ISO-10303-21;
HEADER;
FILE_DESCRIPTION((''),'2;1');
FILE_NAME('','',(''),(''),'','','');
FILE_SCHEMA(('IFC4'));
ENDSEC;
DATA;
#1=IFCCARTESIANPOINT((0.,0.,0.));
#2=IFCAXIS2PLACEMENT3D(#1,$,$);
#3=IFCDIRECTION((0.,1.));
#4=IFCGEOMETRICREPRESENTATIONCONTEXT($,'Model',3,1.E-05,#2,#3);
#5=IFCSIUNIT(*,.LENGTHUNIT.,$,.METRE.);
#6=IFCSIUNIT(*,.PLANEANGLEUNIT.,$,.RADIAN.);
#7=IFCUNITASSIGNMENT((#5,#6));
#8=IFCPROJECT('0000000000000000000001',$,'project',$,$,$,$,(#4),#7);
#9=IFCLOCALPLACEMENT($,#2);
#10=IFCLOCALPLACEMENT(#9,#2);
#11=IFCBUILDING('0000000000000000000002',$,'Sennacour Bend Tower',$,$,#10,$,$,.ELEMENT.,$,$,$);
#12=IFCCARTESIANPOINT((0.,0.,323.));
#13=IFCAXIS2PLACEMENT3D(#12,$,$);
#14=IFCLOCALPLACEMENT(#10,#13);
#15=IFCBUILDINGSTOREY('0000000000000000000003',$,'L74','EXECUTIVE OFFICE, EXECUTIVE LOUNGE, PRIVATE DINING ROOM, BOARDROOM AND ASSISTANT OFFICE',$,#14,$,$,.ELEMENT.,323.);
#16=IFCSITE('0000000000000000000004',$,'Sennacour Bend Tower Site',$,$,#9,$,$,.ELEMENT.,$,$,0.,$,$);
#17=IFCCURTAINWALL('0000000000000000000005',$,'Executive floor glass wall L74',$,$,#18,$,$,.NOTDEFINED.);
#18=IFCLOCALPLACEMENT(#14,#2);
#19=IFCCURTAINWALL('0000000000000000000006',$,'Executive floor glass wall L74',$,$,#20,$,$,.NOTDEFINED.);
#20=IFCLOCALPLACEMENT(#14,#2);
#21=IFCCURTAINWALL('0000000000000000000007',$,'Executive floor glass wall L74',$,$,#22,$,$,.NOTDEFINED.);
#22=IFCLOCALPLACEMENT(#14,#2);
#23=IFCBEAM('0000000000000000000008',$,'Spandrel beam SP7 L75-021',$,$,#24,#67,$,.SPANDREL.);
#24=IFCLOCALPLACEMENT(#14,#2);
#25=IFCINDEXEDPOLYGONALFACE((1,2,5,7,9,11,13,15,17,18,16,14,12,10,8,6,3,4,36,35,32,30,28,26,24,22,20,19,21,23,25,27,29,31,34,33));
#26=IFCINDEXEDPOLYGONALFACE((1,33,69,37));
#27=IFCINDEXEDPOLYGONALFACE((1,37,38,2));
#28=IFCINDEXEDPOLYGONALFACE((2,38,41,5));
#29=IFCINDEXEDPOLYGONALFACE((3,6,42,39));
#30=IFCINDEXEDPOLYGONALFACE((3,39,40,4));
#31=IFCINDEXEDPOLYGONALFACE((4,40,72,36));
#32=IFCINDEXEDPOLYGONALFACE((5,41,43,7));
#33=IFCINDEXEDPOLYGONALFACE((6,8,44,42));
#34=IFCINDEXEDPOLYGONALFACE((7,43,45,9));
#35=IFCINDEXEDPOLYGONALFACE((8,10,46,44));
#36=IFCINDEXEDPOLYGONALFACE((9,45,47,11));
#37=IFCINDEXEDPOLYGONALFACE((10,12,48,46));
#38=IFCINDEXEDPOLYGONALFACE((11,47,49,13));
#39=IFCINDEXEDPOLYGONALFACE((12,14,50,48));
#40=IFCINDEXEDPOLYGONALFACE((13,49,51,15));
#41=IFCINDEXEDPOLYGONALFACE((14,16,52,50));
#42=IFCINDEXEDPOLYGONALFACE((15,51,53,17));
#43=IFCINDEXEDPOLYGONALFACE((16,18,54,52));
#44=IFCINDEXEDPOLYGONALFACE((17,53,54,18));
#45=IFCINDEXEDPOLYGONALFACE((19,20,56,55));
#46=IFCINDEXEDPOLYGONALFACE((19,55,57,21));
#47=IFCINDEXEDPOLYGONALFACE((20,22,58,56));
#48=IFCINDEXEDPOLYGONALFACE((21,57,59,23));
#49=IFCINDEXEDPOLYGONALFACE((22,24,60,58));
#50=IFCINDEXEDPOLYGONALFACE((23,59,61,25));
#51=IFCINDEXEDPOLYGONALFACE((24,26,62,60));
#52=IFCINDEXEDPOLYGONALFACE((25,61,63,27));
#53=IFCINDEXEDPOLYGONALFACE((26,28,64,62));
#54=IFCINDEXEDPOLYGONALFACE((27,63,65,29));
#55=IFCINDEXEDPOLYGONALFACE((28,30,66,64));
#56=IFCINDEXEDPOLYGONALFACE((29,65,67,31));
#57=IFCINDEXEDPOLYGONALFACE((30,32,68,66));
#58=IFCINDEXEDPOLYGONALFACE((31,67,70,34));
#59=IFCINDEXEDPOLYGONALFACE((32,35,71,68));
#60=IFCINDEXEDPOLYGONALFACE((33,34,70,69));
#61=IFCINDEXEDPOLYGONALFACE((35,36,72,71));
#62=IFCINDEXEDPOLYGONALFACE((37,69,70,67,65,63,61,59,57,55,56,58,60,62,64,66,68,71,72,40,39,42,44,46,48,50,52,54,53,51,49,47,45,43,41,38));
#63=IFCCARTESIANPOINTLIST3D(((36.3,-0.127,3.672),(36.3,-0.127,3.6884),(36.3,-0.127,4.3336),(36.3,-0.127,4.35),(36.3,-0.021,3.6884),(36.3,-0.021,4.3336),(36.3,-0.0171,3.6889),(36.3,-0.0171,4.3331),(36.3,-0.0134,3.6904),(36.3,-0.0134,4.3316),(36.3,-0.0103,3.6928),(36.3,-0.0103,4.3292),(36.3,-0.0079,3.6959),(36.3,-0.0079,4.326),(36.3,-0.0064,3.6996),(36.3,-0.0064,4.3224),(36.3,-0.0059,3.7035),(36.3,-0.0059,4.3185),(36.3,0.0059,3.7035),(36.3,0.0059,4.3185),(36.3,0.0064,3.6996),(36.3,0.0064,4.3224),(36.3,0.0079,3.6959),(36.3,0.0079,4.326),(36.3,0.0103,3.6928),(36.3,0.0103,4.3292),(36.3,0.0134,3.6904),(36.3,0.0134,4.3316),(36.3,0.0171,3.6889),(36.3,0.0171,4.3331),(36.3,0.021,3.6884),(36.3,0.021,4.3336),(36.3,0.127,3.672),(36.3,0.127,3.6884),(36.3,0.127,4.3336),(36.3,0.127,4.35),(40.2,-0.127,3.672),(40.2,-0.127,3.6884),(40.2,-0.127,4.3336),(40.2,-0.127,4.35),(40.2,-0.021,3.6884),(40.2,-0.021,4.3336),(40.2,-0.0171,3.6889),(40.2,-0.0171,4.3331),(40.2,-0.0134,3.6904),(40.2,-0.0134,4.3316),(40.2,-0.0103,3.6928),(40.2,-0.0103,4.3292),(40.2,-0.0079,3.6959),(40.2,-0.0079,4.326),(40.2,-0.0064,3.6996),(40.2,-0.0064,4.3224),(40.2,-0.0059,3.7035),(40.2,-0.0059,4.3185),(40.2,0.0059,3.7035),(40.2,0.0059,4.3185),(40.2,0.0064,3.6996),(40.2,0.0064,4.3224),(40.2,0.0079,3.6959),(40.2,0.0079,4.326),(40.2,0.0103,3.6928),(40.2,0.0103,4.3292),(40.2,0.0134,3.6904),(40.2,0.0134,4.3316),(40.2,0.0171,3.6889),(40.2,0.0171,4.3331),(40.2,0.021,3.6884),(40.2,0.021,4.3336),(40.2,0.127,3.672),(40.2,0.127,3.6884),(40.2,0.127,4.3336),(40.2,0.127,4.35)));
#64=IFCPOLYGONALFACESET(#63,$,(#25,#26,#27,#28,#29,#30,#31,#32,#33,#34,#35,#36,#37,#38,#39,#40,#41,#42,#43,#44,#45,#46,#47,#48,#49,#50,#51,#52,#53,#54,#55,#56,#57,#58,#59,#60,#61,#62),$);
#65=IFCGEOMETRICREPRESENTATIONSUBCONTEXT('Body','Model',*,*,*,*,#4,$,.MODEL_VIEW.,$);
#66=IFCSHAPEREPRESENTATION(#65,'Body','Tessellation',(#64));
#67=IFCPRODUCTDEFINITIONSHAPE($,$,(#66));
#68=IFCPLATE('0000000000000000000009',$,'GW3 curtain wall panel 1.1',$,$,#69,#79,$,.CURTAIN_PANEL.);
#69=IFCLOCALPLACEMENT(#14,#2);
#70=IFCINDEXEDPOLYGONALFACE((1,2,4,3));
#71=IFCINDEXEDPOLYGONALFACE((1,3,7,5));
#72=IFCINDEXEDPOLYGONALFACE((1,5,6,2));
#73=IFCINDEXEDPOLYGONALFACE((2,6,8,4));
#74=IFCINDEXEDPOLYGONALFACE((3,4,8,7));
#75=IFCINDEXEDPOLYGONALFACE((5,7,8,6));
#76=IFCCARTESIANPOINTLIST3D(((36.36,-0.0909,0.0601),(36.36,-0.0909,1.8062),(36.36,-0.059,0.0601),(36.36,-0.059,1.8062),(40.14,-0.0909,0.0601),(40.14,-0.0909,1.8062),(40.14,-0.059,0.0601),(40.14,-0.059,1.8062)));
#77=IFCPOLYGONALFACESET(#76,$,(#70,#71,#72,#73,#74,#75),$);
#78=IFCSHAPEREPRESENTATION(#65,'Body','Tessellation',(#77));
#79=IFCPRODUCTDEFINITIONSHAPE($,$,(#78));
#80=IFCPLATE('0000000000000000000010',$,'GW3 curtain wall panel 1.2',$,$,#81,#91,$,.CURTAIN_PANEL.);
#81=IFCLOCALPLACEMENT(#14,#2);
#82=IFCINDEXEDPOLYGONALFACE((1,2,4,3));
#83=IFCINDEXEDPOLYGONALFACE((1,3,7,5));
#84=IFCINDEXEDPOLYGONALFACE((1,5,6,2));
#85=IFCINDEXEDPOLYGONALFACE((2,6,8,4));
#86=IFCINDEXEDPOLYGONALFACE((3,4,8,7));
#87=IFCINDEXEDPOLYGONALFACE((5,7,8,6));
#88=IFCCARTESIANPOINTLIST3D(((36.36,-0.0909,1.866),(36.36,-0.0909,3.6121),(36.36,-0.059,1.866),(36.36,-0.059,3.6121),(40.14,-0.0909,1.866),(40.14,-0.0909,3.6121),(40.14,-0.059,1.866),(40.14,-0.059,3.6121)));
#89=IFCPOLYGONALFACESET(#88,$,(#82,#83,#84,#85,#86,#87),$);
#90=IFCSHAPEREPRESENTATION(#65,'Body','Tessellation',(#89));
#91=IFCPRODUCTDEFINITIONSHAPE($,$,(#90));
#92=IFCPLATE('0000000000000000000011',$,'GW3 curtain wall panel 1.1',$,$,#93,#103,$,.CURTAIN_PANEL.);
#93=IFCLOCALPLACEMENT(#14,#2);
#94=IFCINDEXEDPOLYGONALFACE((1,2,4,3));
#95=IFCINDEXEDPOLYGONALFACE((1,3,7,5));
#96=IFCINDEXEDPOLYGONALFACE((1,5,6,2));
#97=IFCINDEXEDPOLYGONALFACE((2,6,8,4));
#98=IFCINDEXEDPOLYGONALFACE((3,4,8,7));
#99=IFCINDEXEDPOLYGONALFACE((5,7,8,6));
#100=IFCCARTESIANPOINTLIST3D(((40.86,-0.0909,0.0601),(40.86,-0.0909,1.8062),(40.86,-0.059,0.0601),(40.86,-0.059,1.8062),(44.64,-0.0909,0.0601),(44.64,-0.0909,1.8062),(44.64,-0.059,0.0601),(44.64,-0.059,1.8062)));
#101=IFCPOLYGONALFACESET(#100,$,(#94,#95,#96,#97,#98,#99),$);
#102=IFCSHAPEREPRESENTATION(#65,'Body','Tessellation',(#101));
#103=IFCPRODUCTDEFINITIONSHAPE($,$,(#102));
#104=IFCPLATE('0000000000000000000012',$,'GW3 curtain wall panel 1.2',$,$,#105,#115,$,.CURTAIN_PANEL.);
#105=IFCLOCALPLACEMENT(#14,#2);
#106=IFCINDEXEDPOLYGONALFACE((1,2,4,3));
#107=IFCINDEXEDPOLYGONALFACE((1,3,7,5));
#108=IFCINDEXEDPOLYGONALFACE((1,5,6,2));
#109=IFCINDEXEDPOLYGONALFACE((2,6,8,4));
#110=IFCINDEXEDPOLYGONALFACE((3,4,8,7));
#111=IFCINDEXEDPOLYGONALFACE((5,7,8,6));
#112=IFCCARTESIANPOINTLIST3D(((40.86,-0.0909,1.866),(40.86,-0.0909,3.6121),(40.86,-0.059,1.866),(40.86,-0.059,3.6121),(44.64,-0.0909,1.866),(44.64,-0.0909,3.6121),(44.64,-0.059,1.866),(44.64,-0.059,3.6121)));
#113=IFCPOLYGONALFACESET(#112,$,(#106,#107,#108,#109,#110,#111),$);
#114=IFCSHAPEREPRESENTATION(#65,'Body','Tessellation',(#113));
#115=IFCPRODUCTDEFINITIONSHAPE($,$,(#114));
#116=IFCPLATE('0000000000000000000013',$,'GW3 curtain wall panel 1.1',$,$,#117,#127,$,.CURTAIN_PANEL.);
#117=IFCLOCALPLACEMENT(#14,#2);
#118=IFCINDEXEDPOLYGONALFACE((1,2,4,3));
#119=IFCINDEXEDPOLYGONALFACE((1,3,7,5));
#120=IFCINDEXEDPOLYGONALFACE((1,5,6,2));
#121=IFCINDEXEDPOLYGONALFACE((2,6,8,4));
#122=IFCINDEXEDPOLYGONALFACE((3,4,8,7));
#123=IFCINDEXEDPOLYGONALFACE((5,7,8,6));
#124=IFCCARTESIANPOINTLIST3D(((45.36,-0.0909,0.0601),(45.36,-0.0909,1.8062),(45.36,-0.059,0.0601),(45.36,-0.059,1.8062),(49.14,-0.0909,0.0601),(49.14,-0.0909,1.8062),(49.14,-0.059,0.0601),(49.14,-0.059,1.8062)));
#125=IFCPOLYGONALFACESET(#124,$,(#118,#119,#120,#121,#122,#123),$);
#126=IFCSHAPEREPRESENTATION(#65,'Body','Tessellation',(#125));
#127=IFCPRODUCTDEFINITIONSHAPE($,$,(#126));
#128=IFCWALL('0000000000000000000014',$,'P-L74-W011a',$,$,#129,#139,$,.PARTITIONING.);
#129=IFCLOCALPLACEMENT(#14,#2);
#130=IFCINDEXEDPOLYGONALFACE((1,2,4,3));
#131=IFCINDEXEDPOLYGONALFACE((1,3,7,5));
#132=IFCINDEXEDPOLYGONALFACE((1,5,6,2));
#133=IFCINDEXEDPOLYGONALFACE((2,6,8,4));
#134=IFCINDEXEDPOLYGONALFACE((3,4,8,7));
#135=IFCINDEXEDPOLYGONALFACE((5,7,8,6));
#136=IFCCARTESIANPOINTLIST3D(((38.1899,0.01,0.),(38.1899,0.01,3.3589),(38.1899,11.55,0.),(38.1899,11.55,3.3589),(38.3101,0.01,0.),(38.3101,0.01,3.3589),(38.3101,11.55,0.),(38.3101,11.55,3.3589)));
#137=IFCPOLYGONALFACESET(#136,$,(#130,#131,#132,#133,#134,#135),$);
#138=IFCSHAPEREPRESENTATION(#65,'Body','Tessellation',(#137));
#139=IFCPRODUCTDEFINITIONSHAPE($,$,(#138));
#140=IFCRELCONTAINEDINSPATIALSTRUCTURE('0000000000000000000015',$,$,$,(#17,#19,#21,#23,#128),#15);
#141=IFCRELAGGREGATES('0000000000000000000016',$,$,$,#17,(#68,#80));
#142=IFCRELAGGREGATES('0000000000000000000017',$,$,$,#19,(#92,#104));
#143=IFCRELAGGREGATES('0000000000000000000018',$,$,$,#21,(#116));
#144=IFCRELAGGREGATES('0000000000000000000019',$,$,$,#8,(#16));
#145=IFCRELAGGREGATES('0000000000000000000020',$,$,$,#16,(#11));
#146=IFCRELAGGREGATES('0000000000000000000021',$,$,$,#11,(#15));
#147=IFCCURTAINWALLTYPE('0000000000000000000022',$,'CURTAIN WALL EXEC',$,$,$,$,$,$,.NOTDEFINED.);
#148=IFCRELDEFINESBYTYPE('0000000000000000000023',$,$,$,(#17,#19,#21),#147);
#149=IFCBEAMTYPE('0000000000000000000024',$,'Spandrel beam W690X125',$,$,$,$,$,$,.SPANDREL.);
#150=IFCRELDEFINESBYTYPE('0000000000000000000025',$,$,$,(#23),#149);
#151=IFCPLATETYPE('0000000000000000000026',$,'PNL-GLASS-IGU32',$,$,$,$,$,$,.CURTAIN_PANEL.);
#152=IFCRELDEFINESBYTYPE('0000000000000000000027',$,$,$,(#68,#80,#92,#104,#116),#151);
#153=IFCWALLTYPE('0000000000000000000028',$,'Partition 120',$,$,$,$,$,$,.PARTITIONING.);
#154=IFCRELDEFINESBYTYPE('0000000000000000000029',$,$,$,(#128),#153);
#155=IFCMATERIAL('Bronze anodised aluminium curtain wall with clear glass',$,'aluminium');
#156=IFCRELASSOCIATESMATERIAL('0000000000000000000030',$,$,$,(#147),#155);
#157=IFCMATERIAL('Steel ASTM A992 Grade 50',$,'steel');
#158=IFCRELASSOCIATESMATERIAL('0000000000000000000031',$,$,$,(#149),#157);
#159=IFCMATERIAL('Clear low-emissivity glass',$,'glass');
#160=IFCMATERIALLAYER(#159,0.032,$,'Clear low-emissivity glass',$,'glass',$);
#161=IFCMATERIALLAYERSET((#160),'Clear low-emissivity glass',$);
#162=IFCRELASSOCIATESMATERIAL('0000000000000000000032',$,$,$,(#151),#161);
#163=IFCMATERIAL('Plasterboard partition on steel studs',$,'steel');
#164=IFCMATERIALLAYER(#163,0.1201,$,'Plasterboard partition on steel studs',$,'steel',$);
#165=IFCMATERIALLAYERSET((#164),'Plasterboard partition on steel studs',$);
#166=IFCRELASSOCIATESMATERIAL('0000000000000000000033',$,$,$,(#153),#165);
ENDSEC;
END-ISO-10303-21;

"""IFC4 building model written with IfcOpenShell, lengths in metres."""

from ifc_helpers import new_model, si_unit, direction, frame, frame_2d, origin, origin_2d, place, context, subcontext, project, spatial, rectangle, i_section, extrude, material, layer, layer_set, material_profile, profile_set, type_object, element, aggregate, save


model = new_model("IFC4")

# Units and contexts
model_context = context("Model", 3, precision=1e-05, world=origin(), true_north=direction((0.0, 1.0)))
body_context = subcontext(model_context, "Body", "Model", "MODEL_VIEW")
ifc_project = project(units=[si_unit("LENGTHUNIT", "METRE"), si_unit("PLANEANGLEUNIT", "RADIAN")], contexts=[model_context])

# Site, building, storey
site_placement = place(None, origin())
site = spatial("IfcSite", under=ifc_project, at=site_placement, Name="Sennacour Bend Tower Site", CompositionType="ELEMENT", RefElevation=0.0)
building_placement = place(site_placement, origin())
building = spatial("IfcBuilding", under=site, at=building_placement, Name="Sennacour Bend Tower", CompositionType="ELEMENT")
storey_placement = place(building_placement, frame((0.0, 0.0, 323.0)))
storey = spatial("IfcBuildingStorey", under=building, at=storey_placement, Name="L74", Description="EXECUTIVE OFFICE, EXECUTIVE LOUNGE, PRIVATE DINING ROOM, BOARDROOM AND ASSISTANT OFFICE", CompositionType="ELEMENT", Elevation=323.0)

# Curtain wall
ifc_material_1 = material(Name="Bronze anodised aluminium curtain wall with clear glass", Category="aluminium")
curtain_wall_type = type_object("IfcCurtainWallType", Name="CURTAIN WALL EXEC", PredefinedType="NOTDEFINED", material=ifc_material_1)
curtain_wall_1_placement = place(storey_placement, origin())
curtain_wall_1 = element("IfcCurtainWall", 1, at=curtain_wall_1_placement, inside=storey, type_object=curtain_wall_type, Name="Executive floor glass wall L74", PredefinedType="NOTDEFINED")

# Curtain wall
curtain_wall_2_placement = place(storey_placement, origin())
curtain_wall_2 = element("IfcCurtainWall", 2, at=curtain_wall_2_placement, inside=storey, type_object=curtain_wall_type, Name="Executive floor glass wall L74", PredefinedType="NOTDEFINED")

# Curtain wall
curtain_wall_3_placement = place(storey_placement, origin())
curtain_wall_3 = element("IfcCurtainWall", 3, at=curtain_wall_3_placement, inside=storey, type_object=curtain_wall_type, Name="Executive floor glass wall L74", PredefinedType="NOTDEFINED")

# Beam
ifc_material_2 = material(Name="Steel ASTM A992 Grade 50", Category="steel")
ifc_material_profile_1 = material_profile(ifc_material_2, i_section(OverallWidth=0.2539, OverallDepth=0.678, WebThickness=0.0117, FlangeThickness=0.0164, FilletRadius=0.0151, at=origin_2d()), Name="Steel ASTM A992 Grade 50", Category="steel")
ifc_profile_set_1 = profile_set([ifc_material_profile_1], Name="Steel ASTM A992 Grade 50")
beam_type_1 = type_object("IfcBeamType", Name="Spandrel beam W690X125", PredefinedType="SPANDREL", material=ifc_profile_set_1)
for number, where, z_axis, x_axis, name in (
    (4, (40.2, 0.0, 4.011), (-1.0, 0.0, 0.0), (0.0, -1.0, 0.0), "Spandrel beam SP7 L75-021"),
):
    element("IfcBeam", number, at=place(storey_placement, frame(where, z_axis=z_axis, x_axis=x_axis)), inside=storey, type_object=beam_type_1, Name=name, PredefinedType="SPANDREL", context=body_context, shape_type="SweptSolid", body=[
        extrude(i_section(OverallWidth=0.2539, OverallDepth=0.678, WebThickness=0.0117, FlangeThickness=0.0164, FilletRadius=0.0151, at=origin_2d()), origin(), (0.0, 0.0, 1.0), 3.8999),
    ])

# Plates
ifc_material_3 = material(Name="Clear low-emissivity glass", Category="glass")
ifc_layer_1 = layer(ifc_material_3, 0.032, Name="Clear low-emissivity glass", Category="glass")
ifc_layer_set_1 = layer_set([ifc_layer_1], Name="Clear low-emissivity glass")
plate_type = type_object("IfcPlateType", Name="PNL-GLASS-IGU32", PredefinedType="CURTAIN_PANEL", material=ifc_layer_set_1)
plate_1_placement = place(storey_placement, frame((38.25, -0.075, 0.0601), z_axis=(0.0, 0.0, 1.0), x_axis=(1.0, 0.0, 0.0)))
plate_1 = element("IfcPlate", 5, at=plate_1_placement, type_object=plate_type, Name="GW3 curtain wall panel 1.1", PredefinedType="CURTAIN_PANEL", context=body_context, shape_type="SweptSolid", body=[
    extrude(rectangle(XDim=3.78, YDim=0.032, at=origin_2d()), origin(), (0.0, 0.0, 1.0), 1.7461),
])
plate_2_placement = place(storey_placement, frame((38.25, -0.075, 1.866), z_axis=(0.0, 0.0, 1.0), x_axis=(1.0, 0.0, 0.0)))
plate_2 = element("IfcPlate", 6, at=plate_2_placement, type_object=plate_type, Name="GW3 curtain wall panel 1.2", PredefinedType="CURTAIN_PANEL", context=body_context, shape_type="SweptSolid", body=[
    extrude(rectangle(XDim=3.78, YDim=0.032, at=origin_2d()), origin(), (0.0, 0.0, 1.0), 1.7461),
])
aggregate(curtain_wall_1, [plate_1, plate_2])
plate_3_placement = place(storey_placement, frame((42.75, -0.075, 0.0601), z_axis=(0.0, 0.0, 1.0), x_axis=(1.0, 0.0, 0.0)))
plate_3 = element("IfcPlate", 7, at=plate_3_placement, type_object=plate_type, Name="GW3 curtain wall panel 1.1", PredefinedType="CURTAIN_PANEL", context=body_context, shape_type="SweptSolid", body=[
    extrude(rectangle(XDim=3.78, YDim=0.032, at=origin_2d()), origin(), (0.0, 0.0, 1.0), 1.7461),
])
plate_4_placement = place(storey_placement, frame((42.75, -0.075, 1.866), z_axis=(0.0, 0.0, 1.0), x_axis=(1.0, 0.0, 0.0)))
plate_4 = element("IfcPlate", 8, at=plate_4_placement, type_object=plate_type, Name="GW3 curtain wall panel 1.2", PredefinedType="CURTAIN_PANEL", context=body_context, shape_type="SweptSolid", body=[
    extrude(rectangle(XDim=3.78, YDim=0.032, at=origin_2d()), origin(), (0.0, 0.0, 1.0), 1.7461),
])
aggregate(curtain_wall_2, [plate_3, plate_4])
plate_5_placement = place(storey_placement, frame((47.25, -0.075, 0.0601), z_axis=(0.0, 0.0, 1.0), x_axis=(1.0, 0.0, 0.0)))
plate_5 = element("IfcPlate", 9, at=plate_5_placement, type_object=plate_type, Name="GW3 curtain wall panel 1.1", PredefinedType="CURTAIN_PANEL", context=body_context, shape_type="SweptSolid", body=[
    extrude(rectangle(XDim=3.78, YDim=0.032, at=origin_2d()), origin(), (0.0, 0.0, 1.0), 1.7461),
])
aggregate(curtain_wall_3, [plate_5])

# Wall
ifc_material_4 = material(Name="Plasterboard partition on steel studs", Category="steel")
ifc_layer_2 = layer(ifc_material_4, 0.1201, Name="Plasterboard partition on steel studs", Category="steel")
ifc_layer_set_2 = layer_set([ifc_layer_2], Name="Plasterboard partition on steel studs")
wall_type = type_object("IfcWallType", Name="Partition 120", PredefinedType="PARTITIONING", material=ifc_layer_set_2)
wall_placement = place(storey_placement, frame((38.25, 0.01, 0.0), z_axis=(0.0, 0.0, 1.0), x_axis=(0.0, 1.0, 0.0)))
element("IfcWall", 10, at=wall_placement, inside=storey, type_object=wall_type, Name="P-L74-W011a", PredefinedType="PARTITIONING", context=body_context, shape_type="SweptSolid", body=[
    extrude(rectangle(XDim=11.54, YDim=0.1201, at=frame_2d((5.77, 0.0))), origin(), (0.0, 0.0, 1.0), 3.3589),
])

save(model, "model.ifc")
